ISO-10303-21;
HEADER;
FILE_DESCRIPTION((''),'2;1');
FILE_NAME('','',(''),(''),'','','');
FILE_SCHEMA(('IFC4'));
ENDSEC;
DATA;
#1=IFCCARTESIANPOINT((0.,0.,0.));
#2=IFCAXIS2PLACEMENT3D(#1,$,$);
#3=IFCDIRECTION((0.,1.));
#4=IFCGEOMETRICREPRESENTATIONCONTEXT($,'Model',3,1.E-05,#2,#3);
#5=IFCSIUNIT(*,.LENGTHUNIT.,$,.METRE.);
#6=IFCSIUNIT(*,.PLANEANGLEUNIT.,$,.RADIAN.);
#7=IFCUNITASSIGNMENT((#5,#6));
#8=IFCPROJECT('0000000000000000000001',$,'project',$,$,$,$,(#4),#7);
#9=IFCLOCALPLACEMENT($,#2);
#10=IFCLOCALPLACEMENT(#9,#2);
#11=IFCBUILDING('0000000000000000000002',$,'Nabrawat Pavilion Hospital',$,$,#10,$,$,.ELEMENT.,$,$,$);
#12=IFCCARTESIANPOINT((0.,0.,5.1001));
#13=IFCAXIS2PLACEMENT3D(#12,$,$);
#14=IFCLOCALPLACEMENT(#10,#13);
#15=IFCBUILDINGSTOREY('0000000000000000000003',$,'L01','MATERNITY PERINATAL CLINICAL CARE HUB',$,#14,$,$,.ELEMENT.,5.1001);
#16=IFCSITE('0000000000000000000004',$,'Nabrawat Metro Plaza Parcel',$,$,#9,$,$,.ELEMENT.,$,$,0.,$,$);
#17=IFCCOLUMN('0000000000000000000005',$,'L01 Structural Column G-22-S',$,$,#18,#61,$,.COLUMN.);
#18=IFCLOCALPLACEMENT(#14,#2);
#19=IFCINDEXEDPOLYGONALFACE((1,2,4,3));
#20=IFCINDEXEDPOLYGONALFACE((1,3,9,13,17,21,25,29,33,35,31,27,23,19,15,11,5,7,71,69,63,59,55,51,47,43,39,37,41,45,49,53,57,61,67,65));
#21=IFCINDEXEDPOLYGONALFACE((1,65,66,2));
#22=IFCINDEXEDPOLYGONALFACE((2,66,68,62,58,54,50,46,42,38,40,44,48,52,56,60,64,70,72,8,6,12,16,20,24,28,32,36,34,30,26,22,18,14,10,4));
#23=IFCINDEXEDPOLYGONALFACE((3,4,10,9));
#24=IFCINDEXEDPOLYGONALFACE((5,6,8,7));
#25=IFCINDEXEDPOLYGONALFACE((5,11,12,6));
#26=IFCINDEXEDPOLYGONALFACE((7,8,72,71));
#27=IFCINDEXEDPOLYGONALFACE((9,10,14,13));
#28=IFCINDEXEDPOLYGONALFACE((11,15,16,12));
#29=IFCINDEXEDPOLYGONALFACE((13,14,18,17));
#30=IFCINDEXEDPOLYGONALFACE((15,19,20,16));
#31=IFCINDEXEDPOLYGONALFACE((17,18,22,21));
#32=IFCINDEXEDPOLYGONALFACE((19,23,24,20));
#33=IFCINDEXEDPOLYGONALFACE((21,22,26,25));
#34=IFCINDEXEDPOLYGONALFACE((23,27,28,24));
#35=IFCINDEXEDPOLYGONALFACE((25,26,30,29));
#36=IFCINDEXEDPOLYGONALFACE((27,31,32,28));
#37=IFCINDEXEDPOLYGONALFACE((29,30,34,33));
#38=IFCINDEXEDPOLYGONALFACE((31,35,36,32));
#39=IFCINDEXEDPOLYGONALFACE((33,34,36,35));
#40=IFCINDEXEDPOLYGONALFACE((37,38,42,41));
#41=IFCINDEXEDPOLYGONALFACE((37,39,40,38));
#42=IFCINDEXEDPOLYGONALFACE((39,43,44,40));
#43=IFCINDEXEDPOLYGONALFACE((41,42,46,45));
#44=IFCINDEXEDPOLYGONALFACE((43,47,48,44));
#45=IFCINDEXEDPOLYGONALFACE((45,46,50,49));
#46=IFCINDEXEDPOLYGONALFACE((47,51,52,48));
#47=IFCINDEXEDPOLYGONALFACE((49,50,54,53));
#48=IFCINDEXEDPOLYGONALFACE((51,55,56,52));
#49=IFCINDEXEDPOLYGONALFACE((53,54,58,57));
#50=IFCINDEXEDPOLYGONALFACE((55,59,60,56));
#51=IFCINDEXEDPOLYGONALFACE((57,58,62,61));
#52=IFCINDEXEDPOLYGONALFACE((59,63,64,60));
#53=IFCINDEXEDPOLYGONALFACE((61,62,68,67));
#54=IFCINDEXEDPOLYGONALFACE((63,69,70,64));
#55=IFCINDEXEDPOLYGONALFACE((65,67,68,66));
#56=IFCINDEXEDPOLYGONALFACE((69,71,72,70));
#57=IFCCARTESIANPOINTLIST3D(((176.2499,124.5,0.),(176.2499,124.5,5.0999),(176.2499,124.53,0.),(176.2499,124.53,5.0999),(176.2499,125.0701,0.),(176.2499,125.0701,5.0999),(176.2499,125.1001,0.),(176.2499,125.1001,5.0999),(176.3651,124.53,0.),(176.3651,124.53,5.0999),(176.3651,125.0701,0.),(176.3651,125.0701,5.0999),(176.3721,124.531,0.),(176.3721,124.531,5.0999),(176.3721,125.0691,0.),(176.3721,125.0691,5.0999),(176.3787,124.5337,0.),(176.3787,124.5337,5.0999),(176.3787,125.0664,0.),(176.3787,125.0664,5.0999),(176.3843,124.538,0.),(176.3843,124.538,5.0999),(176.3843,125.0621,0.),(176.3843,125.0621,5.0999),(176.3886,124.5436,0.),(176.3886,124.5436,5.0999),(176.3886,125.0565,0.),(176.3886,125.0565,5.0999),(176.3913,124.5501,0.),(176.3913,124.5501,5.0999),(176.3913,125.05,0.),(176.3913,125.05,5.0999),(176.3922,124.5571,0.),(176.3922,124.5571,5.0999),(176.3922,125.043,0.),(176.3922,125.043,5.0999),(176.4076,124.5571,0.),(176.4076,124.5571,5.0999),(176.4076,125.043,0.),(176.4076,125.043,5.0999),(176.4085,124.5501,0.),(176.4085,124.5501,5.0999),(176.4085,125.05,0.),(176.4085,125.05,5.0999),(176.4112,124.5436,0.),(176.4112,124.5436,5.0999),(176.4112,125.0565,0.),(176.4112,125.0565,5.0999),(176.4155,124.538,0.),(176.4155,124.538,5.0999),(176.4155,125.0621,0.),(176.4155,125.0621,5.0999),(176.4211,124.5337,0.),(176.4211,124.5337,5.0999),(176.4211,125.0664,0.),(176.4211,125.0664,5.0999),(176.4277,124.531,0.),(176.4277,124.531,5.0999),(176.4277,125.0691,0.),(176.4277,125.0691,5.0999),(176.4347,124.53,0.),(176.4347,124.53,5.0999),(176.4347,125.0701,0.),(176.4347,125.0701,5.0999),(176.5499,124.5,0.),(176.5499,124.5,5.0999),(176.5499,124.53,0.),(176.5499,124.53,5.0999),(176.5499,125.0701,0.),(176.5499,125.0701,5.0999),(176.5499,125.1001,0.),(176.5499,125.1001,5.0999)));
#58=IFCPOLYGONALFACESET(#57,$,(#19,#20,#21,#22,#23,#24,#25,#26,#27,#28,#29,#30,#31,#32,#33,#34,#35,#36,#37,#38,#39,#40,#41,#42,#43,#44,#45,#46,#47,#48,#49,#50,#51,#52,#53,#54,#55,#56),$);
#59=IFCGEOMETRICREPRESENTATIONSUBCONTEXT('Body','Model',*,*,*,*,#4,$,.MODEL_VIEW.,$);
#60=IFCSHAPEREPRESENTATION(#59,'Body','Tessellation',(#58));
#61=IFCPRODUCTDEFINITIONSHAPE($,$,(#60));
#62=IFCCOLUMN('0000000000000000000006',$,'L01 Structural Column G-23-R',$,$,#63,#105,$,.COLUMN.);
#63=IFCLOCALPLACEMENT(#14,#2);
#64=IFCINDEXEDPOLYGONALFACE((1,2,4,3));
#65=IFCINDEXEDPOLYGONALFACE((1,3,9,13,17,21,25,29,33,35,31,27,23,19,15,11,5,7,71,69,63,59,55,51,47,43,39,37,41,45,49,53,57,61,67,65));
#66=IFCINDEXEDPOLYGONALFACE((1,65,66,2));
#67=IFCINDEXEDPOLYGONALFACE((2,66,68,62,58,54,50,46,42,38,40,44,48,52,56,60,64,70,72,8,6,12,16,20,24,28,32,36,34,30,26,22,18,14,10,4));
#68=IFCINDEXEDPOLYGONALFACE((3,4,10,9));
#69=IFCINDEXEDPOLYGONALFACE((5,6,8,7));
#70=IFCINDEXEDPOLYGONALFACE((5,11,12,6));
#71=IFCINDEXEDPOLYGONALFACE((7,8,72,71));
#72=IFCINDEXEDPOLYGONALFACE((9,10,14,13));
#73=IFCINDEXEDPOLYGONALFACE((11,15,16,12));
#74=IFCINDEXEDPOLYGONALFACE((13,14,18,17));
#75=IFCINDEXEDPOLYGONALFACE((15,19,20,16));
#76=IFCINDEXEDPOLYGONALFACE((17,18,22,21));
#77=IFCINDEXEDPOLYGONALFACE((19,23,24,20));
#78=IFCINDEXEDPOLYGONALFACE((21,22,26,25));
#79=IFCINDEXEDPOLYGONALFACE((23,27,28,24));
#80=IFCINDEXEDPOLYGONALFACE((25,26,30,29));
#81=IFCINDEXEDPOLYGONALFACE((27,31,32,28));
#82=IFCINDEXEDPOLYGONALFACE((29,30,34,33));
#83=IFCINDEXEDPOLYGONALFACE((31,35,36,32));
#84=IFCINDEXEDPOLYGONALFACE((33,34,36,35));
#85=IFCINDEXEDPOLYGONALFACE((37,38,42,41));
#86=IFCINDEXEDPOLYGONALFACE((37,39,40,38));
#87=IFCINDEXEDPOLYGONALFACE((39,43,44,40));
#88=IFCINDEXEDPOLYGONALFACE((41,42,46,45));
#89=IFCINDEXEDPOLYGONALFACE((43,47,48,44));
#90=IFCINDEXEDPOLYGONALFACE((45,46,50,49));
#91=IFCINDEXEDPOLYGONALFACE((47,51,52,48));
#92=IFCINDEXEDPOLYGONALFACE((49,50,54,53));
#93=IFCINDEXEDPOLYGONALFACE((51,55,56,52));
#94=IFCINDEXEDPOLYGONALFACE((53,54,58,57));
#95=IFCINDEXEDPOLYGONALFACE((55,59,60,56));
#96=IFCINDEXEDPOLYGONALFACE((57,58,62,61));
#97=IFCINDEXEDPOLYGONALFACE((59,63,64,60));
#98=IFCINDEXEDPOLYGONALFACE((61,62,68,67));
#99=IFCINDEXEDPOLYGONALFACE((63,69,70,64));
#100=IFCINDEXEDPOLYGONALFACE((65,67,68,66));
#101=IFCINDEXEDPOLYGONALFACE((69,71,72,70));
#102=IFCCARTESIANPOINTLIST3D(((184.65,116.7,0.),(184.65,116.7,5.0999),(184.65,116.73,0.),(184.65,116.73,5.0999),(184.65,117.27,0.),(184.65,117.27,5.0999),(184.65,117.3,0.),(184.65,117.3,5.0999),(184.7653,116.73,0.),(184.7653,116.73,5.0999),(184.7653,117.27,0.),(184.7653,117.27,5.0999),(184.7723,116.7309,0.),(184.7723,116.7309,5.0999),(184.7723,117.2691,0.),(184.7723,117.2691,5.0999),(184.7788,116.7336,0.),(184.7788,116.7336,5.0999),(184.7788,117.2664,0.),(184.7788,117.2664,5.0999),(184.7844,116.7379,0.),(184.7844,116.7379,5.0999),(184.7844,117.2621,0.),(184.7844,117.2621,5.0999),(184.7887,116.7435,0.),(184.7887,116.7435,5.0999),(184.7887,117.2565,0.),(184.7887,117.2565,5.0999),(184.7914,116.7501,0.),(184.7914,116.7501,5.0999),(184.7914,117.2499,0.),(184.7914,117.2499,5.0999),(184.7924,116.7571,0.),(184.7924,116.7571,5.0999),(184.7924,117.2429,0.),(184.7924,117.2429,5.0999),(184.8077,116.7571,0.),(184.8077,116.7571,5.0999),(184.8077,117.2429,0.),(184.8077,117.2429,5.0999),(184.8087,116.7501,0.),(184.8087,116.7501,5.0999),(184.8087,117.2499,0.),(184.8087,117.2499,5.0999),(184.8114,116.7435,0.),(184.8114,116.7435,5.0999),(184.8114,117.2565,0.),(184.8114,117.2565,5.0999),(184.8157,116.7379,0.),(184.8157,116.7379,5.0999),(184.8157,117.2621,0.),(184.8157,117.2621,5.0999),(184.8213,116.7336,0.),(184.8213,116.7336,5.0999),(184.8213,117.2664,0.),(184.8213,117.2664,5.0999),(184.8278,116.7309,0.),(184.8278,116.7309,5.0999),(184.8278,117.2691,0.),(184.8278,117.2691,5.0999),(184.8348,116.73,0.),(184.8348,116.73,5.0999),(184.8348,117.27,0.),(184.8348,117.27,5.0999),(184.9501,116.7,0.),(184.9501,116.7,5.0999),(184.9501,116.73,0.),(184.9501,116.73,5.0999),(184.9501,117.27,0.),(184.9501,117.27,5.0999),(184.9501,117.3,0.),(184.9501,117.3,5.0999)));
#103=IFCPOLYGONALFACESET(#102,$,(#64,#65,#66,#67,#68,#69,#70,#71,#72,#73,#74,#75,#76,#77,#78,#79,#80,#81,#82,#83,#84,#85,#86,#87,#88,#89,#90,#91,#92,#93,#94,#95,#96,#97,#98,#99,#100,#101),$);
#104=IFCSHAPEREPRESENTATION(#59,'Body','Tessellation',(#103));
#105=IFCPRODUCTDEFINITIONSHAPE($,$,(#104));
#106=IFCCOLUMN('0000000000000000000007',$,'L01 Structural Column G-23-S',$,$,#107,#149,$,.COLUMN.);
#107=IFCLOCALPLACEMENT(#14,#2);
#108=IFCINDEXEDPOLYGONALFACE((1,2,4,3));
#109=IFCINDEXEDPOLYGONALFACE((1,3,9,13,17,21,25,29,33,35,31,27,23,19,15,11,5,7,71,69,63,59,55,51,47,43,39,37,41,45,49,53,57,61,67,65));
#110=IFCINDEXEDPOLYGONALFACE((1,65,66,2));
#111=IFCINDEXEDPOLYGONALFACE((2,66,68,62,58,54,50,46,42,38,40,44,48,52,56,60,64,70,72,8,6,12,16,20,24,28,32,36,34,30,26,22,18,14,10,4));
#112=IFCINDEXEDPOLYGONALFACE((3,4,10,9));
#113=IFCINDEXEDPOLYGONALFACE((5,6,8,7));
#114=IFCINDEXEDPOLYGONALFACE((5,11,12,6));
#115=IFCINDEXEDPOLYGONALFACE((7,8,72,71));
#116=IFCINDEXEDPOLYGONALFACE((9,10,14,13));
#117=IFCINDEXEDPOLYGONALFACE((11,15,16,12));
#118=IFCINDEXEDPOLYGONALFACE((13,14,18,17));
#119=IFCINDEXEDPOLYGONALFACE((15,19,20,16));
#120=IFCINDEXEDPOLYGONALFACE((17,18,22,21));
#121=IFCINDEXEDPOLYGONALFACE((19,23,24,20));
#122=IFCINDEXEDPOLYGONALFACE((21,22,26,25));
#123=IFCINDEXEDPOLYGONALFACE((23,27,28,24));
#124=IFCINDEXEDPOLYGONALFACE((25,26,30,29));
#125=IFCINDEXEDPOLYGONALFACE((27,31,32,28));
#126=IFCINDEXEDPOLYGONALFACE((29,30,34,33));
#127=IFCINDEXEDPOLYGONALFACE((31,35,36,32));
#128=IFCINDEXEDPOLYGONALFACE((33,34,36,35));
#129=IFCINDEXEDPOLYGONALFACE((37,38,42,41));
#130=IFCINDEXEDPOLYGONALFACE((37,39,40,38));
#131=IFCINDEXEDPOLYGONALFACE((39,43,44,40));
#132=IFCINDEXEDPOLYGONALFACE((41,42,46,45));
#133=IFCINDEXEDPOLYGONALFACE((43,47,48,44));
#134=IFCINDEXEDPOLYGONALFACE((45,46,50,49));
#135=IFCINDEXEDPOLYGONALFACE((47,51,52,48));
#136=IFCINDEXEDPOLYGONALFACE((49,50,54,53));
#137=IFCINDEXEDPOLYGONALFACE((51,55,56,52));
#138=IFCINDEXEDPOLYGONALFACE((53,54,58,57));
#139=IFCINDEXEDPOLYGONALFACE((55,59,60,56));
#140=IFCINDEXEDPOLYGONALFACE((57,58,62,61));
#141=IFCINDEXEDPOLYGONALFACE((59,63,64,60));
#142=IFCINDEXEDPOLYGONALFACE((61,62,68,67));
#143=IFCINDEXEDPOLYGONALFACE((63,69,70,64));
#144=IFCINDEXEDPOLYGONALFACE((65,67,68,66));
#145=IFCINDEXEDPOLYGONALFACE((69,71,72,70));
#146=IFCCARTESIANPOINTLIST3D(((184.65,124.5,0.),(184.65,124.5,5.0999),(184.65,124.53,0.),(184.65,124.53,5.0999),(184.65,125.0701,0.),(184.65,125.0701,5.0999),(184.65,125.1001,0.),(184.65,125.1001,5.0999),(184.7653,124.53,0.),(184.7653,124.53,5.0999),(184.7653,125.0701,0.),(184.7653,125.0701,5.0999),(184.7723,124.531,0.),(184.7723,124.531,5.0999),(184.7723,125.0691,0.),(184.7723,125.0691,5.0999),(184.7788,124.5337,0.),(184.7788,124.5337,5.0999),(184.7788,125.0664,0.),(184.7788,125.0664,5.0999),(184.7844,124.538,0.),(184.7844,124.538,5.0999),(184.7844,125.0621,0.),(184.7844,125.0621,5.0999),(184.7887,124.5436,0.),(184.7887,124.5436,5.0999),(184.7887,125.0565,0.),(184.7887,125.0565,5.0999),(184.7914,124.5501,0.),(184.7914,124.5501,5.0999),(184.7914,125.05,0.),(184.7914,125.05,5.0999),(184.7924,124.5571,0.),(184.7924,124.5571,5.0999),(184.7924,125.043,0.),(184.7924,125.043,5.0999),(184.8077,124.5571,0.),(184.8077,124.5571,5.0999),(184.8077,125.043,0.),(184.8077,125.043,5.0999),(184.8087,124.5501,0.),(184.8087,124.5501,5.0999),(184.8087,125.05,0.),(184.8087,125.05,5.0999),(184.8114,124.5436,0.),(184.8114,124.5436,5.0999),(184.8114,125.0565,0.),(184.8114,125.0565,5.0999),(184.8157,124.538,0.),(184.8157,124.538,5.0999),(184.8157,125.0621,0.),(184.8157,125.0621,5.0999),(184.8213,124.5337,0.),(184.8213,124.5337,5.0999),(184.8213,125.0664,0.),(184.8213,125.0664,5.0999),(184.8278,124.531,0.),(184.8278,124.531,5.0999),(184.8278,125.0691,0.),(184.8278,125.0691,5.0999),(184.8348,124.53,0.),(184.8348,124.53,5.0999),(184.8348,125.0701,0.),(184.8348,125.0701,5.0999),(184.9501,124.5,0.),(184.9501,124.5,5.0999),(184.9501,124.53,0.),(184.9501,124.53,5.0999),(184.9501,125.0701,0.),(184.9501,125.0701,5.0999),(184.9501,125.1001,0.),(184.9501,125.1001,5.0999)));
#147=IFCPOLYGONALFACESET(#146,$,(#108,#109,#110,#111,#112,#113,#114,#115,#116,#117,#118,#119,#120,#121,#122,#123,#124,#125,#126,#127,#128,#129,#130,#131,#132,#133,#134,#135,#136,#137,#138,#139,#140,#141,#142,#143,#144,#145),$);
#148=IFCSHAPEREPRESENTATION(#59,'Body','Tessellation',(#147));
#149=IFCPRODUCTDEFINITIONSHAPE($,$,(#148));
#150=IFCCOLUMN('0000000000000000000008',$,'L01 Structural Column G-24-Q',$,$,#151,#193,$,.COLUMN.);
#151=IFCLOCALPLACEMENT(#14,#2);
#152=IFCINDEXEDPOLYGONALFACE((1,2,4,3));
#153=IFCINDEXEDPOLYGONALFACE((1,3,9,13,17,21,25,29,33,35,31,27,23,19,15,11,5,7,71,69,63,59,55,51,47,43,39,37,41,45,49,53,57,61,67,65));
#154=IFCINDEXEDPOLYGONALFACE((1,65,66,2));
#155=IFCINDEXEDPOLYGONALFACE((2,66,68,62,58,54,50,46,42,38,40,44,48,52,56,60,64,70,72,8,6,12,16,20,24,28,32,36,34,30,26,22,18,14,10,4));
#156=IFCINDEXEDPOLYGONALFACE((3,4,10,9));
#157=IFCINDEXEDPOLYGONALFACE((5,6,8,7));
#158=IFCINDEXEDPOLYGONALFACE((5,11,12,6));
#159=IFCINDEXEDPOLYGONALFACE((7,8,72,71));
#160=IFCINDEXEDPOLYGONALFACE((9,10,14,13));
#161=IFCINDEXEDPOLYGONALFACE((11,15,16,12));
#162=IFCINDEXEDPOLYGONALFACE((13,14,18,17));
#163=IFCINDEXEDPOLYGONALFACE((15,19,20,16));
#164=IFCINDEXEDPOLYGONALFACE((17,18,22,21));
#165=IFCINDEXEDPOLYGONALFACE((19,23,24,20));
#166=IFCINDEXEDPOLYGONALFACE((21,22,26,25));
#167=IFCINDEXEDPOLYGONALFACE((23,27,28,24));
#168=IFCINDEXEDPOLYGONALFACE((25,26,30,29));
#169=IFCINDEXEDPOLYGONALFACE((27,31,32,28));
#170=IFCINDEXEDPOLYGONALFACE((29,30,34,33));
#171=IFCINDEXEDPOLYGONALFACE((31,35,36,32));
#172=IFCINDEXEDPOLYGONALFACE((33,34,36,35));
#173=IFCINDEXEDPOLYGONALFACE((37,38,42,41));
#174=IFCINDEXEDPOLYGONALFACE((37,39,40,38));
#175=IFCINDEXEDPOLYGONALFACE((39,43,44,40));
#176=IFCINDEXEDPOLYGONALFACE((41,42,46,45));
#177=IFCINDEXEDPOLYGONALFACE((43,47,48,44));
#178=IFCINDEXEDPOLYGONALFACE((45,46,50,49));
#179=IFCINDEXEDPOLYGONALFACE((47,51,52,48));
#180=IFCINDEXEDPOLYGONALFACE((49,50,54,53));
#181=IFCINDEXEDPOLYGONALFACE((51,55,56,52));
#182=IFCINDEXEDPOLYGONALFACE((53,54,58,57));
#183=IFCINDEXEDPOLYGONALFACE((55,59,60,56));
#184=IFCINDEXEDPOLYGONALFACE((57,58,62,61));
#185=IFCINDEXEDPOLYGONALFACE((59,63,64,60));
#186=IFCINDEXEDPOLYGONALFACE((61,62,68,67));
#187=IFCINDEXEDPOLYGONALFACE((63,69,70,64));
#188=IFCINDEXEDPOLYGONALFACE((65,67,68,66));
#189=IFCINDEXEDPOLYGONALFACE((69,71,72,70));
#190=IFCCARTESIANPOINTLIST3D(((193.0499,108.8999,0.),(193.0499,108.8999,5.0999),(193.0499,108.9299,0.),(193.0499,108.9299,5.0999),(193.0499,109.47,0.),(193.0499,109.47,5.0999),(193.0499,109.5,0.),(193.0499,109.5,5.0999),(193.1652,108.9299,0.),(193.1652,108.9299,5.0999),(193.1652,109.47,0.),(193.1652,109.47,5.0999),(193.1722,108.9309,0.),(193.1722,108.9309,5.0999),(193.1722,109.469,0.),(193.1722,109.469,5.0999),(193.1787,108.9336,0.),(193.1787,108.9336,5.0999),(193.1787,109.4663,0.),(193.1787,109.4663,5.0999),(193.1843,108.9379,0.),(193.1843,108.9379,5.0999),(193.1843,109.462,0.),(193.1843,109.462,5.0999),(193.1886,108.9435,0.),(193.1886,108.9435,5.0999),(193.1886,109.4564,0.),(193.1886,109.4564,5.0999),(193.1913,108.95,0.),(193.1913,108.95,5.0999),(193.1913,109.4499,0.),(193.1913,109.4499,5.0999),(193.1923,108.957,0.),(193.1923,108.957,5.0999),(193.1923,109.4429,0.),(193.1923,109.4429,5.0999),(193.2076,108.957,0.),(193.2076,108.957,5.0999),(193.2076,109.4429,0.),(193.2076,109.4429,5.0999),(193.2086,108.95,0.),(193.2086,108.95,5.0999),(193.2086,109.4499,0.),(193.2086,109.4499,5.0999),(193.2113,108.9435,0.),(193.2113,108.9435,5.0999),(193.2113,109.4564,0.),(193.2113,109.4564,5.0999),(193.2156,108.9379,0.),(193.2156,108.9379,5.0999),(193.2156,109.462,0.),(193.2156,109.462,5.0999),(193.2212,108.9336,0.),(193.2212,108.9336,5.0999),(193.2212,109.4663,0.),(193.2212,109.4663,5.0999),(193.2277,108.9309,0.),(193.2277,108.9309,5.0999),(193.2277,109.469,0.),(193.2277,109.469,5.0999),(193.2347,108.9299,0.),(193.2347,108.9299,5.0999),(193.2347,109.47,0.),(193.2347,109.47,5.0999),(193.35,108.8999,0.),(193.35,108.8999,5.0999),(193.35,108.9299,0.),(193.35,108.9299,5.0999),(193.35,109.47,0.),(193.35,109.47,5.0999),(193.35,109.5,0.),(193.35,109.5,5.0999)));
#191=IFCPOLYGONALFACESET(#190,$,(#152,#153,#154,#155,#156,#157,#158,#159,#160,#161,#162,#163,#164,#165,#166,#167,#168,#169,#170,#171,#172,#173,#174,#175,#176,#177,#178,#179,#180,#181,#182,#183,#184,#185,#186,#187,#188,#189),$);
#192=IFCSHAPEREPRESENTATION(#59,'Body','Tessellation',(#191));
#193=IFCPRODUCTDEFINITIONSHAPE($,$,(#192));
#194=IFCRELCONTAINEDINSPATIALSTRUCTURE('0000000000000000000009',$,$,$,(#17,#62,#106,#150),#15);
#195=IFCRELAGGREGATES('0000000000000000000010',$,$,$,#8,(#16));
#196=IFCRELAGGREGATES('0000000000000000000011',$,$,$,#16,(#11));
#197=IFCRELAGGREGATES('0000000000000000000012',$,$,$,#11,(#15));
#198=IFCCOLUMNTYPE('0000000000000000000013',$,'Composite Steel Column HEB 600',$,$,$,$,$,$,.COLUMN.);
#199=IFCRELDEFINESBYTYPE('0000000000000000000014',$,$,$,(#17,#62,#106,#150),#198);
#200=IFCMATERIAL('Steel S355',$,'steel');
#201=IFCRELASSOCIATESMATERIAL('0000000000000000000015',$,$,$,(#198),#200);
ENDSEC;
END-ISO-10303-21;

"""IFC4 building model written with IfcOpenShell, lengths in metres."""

from ifc_helpers import new_model, si_unit, direction, frame, origin, origin_2d, place, context, subcontext, project, spatial, i_section, extrude, material, material_profile, profile_set, type_object, element, save


model = new_model("IFC4")

# Units and contexts
model_context = context("Model", 3, precision=1e-05, world=origin(), true_north=direction((0.0, 1.0)))
body_context = subcontext(model_context, "Body", "Model", "MODEL_VIEW")
ifc_project = project(units=[si_unit("LENGTHUNIT", "METRE"), si_unit("PLANEANGLEUNIT", "RADIAN")], contexts=[model_context])

# Site, building, storey
site_placement = place(None, origin())
site = spatial("IfcSite", under=ifc_project, at=site_placement, Name="Nabrawat Metro Plaza Parcel", CompositionType="ELEMENT", RefElevation=0.0)
building_placement = place(site_placement, origin())
building = spatial("IfcBuilding", under=site, at=building_placement, Name="Nabrawat Pavilion Hospital", CompositionType="ELEMENT")
storey_placement = place(building_placement, frame((0.0, 0.0, 5.1001)))
storey = spatial("IfcBuildingStorey", under=building, at=storey_placement, Name="L01", Description="MATERNITY PERINATAL CLINICAL CARE HUB", CompositionType="ELEMENT", Elevation=5.1001)

# Columns
ifc_material_1 = material(Name="Steel S355", Category="steel")
ifc_material_profile_1 = material_profile(ifc_material_1, i_section(OverallWidth=0.3, OverallDepth=0.6001, WebThickness=0.0154, FlangeThickness=0.03, FilletRadius=0.0271, at=origin_2d()), Name="HEB 600")
ifc_profile_set_1 = profile_set([ifc_material_profile_1], Name="Steel S355")
column_type = type_object("IfcColumnType", Name="Composite Steel Column HEB 600", PredefinedType="COLUMN", material=ifc_profile_set_1)
for number, where, z_axis, x_axis, name in (
    (1, (176.3999, 124.8, 0.0), (0.0, 0.0, 1.0), (1.0, 0.0, 0.0), "L01 Structural Column G-22-S"),
    (2, (184.8, 117.0, 0.0), (0.0, 0.0, 1.0), (1.0, 0.0, 0.0), "L01 Structural Column G-23-R"),
    (3, (184.8, 124.8, 0.0), (0.0, 0.0, 1.0), (1.0, 0.0, 0.0), "L01 Structural Column G-23-S"),
    (4, (193.2, 109.2, 0.0), (0.0, 0.0, 1.0), (1.0, 0.0, 0.0), "L01 Structural Column G-24-Q"),
):
    element("IfcColumn", number, at=place(storey_placement, frame(where, z_axis=z_axis, x_axis=x_axis)), inside=storey, type_object=column_type, Name=name, PredefinedType="COLUMN", context=body_context, shape_type="SweptSolid", body=[
        extrude(i_section(OverallWidth=0.3, OverallDepth=0.6001, WebThickness=0.0154, FlangeThickness=0.03, FilletRadius=0.0271, at=origin_2d()), origin(), (0.0, 0.0, 1.0), 5.0999),
    ])

save(model, "model.ifc")
